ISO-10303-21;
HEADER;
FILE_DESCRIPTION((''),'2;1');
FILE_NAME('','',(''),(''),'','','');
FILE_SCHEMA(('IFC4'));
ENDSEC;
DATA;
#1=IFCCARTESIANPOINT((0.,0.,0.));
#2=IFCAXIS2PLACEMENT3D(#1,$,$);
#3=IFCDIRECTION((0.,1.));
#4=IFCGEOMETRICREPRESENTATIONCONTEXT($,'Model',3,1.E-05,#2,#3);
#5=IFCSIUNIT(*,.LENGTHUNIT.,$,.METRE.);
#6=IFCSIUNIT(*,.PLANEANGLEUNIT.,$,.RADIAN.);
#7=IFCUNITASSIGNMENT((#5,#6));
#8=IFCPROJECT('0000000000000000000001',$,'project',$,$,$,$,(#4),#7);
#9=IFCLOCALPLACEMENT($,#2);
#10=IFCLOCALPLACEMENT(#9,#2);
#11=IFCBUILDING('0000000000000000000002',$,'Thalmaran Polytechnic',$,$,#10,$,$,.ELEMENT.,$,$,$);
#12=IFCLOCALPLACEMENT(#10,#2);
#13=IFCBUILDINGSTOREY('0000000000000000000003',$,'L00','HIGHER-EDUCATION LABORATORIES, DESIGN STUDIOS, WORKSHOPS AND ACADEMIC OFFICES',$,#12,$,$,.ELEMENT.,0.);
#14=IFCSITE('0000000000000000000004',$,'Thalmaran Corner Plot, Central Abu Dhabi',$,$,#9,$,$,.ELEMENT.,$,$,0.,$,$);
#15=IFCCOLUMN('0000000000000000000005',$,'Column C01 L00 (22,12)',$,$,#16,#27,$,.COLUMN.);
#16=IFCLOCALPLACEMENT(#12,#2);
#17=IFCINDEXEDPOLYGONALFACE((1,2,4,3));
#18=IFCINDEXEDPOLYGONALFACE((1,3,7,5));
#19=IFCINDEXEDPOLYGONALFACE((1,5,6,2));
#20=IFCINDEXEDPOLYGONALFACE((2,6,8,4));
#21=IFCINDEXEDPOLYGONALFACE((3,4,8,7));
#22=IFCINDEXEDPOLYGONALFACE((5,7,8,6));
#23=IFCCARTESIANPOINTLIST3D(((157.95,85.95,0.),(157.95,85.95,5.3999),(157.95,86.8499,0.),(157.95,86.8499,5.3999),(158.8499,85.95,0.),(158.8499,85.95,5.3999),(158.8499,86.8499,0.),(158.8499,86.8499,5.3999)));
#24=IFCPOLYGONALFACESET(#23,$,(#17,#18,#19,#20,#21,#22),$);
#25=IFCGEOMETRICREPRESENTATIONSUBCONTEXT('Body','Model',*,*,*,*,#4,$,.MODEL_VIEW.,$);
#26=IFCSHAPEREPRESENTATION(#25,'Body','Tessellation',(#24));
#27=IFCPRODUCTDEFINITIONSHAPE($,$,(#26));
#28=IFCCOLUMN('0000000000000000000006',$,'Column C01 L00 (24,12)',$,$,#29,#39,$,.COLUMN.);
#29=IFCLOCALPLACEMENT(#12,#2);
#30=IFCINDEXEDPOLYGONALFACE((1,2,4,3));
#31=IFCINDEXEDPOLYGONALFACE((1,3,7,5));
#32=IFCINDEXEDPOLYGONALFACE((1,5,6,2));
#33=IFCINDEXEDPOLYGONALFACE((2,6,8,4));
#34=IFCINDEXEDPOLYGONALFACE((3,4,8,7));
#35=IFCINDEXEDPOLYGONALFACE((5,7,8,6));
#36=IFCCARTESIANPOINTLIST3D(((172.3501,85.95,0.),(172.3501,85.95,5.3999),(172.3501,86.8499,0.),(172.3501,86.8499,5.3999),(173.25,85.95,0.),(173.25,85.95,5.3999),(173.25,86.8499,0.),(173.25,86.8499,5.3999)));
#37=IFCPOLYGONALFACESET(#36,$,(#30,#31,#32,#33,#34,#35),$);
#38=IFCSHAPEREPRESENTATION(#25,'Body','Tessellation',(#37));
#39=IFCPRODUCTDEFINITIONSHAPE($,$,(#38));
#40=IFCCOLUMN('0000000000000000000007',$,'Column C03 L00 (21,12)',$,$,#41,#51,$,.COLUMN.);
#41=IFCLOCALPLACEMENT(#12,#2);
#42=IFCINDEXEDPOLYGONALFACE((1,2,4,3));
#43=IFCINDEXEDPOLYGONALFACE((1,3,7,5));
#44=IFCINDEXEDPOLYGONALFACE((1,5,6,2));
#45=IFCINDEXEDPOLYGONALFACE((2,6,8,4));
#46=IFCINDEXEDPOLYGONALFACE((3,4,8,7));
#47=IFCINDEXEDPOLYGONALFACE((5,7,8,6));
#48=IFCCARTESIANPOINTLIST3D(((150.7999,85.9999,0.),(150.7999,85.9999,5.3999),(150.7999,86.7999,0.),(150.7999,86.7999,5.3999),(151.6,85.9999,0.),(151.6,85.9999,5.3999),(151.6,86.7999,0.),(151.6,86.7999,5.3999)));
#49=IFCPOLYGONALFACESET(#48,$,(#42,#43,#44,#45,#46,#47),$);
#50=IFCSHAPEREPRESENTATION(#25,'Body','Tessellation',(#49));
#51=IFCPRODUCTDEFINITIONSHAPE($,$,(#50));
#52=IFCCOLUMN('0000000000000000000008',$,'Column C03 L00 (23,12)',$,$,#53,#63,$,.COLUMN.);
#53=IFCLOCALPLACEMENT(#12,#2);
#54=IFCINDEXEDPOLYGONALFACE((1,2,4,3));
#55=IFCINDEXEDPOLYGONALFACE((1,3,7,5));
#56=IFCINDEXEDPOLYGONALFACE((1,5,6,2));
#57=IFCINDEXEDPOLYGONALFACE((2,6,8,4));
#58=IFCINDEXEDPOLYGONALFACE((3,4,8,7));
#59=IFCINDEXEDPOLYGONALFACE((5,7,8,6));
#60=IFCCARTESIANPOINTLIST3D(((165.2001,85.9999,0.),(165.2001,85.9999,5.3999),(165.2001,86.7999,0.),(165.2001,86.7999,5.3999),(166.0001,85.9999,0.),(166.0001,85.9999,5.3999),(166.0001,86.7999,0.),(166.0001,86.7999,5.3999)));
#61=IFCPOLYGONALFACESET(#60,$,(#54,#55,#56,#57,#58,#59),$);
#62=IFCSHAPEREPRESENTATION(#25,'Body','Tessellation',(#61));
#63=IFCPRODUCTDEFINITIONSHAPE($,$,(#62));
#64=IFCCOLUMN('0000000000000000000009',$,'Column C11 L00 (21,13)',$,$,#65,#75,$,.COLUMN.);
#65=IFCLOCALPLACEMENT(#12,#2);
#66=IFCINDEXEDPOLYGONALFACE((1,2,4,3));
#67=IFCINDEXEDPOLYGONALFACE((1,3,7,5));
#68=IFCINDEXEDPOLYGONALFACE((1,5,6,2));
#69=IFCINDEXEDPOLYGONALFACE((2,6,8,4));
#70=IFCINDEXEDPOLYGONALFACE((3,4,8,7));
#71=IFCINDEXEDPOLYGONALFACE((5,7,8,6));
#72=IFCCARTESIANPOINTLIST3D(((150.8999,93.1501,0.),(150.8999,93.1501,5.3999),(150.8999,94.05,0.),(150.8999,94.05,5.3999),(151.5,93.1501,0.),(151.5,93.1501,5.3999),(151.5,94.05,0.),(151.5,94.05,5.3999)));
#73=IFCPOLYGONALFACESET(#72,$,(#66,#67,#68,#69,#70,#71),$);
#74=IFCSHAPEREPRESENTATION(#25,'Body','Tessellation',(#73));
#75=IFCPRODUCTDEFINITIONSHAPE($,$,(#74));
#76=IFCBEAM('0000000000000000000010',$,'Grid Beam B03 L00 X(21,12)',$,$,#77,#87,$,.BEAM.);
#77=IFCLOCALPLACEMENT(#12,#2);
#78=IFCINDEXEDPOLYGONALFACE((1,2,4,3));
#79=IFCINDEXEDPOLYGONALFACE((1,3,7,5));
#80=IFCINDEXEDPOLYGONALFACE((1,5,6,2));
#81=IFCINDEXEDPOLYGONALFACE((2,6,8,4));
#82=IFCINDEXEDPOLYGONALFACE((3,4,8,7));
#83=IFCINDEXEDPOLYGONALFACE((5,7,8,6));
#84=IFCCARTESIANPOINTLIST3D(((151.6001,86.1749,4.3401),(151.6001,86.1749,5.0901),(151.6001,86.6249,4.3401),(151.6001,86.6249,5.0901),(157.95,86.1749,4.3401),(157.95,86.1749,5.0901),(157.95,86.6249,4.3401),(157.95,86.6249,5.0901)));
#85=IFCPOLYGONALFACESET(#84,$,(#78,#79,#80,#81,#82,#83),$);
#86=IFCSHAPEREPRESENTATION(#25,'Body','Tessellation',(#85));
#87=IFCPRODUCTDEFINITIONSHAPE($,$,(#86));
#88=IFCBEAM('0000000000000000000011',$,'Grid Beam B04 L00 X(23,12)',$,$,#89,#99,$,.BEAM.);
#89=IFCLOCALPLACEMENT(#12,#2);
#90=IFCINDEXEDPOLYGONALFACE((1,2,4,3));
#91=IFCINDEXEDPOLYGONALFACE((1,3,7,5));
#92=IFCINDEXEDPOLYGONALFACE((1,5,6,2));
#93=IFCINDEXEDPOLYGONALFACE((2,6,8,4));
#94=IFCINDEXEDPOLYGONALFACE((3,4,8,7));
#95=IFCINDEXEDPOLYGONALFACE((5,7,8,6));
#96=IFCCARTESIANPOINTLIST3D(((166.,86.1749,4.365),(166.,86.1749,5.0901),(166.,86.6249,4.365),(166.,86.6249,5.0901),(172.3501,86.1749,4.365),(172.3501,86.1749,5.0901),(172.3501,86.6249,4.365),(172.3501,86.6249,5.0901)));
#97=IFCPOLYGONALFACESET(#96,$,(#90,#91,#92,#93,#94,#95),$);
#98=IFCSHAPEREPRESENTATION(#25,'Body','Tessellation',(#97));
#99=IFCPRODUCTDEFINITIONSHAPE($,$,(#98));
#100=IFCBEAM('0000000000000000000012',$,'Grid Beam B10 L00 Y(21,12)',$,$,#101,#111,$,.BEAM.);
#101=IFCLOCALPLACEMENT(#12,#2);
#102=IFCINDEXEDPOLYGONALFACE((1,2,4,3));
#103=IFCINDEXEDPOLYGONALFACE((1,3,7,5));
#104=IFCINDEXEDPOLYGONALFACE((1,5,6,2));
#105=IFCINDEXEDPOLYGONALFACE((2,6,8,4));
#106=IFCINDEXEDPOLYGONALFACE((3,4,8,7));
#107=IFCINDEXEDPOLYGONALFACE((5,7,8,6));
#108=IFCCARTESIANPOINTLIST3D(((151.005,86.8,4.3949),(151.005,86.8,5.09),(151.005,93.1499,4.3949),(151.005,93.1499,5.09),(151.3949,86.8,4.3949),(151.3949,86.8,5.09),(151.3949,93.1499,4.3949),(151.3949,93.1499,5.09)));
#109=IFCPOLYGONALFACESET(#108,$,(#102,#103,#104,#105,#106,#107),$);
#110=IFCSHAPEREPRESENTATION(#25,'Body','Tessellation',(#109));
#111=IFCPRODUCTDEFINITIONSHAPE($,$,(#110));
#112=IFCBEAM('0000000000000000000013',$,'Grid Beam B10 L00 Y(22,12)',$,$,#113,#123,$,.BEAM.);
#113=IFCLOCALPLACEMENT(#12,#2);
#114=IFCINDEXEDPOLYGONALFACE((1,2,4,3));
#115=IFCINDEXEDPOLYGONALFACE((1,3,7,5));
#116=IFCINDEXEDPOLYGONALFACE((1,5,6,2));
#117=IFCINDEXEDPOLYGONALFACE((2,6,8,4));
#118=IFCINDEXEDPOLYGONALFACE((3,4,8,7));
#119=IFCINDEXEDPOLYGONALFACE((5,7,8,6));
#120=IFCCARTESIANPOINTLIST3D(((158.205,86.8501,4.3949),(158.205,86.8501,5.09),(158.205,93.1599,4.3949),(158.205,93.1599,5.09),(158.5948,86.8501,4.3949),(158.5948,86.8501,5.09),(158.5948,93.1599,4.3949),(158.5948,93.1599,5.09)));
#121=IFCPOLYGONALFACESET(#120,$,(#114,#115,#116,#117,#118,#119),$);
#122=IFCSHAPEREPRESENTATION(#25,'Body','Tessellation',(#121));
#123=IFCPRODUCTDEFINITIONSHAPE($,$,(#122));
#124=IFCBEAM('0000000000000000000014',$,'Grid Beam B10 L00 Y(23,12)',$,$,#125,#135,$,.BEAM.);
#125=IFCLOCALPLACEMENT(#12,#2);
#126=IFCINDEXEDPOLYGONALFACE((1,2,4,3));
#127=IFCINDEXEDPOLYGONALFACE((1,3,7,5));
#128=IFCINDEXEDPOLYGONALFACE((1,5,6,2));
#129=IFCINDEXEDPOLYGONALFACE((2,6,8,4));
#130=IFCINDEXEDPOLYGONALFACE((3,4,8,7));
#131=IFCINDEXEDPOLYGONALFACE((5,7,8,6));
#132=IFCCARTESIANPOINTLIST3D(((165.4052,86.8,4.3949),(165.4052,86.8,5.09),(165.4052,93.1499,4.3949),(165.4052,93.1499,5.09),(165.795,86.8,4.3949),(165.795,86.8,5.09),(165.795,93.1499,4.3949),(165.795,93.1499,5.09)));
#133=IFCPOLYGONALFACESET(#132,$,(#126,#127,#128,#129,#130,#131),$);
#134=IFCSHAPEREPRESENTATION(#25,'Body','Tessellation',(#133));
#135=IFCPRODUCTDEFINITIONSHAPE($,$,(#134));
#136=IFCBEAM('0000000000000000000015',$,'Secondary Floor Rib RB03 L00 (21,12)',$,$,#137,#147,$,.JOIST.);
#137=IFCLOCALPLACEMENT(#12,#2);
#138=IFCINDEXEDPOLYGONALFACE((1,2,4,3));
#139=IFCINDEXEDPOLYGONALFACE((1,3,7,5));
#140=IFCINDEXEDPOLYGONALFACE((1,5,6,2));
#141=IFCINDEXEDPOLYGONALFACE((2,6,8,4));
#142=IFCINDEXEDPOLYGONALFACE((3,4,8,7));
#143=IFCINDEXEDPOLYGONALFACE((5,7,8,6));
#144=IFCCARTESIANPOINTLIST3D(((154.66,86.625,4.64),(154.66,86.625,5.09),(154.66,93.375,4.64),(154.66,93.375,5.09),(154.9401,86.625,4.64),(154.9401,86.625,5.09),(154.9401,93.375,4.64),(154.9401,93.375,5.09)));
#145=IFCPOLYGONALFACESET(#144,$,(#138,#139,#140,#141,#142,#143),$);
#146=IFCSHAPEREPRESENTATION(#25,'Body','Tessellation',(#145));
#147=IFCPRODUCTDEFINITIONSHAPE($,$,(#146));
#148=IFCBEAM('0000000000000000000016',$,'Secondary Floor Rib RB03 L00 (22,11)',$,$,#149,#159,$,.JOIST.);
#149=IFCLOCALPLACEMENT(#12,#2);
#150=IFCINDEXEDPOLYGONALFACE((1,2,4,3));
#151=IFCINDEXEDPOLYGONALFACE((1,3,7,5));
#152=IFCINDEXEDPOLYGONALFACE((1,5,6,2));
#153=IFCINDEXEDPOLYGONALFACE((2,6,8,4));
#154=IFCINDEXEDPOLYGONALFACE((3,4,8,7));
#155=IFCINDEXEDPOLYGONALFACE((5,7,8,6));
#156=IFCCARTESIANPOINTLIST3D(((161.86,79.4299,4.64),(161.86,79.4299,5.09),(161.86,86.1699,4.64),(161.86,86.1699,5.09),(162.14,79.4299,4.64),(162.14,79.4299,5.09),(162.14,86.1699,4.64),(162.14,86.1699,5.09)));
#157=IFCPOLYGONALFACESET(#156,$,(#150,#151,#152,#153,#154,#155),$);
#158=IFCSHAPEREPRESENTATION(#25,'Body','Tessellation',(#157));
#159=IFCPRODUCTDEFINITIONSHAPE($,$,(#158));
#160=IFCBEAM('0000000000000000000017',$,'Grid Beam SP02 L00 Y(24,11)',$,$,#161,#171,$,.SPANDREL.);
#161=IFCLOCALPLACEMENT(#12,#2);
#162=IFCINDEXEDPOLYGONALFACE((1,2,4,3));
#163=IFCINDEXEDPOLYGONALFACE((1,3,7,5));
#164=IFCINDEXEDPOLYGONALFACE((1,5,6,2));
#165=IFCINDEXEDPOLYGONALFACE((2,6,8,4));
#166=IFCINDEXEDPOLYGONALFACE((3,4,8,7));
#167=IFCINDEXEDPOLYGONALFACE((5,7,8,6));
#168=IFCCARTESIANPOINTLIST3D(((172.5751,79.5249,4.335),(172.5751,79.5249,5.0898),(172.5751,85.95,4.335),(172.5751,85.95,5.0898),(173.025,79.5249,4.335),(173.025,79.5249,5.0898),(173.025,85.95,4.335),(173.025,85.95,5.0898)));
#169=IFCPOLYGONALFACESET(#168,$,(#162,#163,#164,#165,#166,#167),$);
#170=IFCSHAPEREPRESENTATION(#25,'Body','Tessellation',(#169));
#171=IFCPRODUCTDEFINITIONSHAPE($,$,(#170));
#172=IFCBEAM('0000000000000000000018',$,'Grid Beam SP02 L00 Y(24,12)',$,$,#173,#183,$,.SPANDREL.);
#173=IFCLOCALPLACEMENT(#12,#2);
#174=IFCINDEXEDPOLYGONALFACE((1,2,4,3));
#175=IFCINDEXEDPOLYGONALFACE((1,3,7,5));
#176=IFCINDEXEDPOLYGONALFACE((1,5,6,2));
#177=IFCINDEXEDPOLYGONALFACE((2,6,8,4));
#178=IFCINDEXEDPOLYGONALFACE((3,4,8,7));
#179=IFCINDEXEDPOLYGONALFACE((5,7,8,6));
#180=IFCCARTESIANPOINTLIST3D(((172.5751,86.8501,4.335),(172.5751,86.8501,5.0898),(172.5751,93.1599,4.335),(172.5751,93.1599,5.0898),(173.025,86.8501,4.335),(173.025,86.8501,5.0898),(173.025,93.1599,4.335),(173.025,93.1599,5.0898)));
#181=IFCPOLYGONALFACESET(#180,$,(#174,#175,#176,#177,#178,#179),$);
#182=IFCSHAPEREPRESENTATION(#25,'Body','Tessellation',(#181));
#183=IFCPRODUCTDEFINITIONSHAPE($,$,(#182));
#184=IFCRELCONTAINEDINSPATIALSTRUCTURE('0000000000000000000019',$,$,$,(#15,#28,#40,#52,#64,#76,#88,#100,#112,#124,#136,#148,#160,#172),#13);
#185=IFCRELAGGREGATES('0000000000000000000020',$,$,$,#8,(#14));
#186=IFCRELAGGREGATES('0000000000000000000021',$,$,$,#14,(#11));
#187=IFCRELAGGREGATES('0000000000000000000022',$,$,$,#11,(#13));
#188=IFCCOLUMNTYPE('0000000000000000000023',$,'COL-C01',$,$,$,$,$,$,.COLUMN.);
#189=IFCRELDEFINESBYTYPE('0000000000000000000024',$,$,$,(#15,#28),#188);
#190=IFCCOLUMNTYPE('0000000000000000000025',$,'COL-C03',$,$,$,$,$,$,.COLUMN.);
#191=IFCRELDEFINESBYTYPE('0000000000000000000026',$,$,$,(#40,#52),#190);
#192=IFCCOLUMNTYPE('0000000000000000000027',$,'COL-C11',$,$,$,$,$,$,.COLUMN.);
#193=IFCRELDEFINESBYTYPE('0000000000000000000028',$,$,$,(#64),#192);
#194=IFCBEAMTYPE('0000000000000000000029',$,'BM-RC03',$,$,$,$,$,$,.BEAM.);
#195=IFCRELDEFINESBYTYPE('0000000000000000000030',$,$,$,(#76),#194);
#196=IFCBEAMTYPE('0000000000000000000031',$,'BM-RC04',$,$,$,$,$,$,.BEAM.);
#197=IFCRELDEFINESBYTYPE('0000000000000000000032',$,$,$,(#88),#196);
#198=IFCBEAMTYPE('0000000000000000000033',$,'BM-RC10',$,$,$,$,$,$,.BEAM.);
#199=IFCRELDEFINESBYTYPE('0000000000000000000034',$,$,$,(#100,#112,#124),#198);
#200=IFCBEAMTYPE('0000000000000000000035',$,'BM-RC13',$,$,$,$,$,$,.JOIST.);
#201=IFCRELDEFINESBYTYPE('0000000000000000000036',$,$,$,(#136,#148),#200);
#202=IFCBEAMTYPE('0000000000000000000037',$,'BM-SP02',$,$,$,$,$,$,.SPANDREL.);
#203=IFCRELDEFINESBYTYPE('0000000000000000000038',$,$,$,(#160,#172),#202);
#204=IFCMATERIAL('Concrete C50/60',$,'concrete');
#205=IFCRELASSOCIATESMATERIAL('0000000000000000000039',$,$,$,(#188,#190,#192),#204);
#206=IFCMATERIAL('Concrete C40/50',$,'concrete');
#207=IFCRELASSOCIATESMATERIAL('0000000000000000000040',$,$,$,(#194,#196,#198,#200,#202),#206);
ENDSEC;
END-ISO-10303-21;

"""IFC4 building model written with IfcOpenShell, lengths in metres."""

from ifc_helpers import new_model, si_unit, direction, frame, origin, origin_2d, place, context, subcontext, project, spatial, rectangle, extrude, material, material_profile, profile_set, type_object, element, save


model = new_model("IFC4")

# Units and contexts
model_context = context("Model", 3, precision=1e-05, world=origin(), true_north=direction((0.0, 1.0)))
body_context = subcontext(model_context, "Body", "Model", "MODEL_VIEW")
ifc_project = project(units=[si_unit("LENGTHUNIT", "METRE"), si_unit("PLANEANGLEUNIT", "RADIAN")], contexts=[model_context])

# Site, building, storey
site_placement = place(None, origin())
site = spatial("IfcSite", under=ifc_project, at=site_placement, Name="Thalmaran Corner Plot, Central Abu Dhabi", CompositionType="ELEMENT", RefElevation=0.0)
building_placement = place(site_placement, origin())
building = spatial("IfcBuilding", under=site, at=building_placement, Name="Thalmaran Polytechnic", CompositionType="ELEMENT")
storey_placement = place(building_placement, origin())
storey = spatial("IfcBuildingStorey", under=building, at=storey_placement, Name="L00", Description="HIGHER-EDUCATION LABORATORIES, DESIGN STUDIOS, WORKSHOPS AND ACADEMIC OFFICES", CompositionType="ELEMENT", Elevation=0.0)

# Columns
ifc_material_1 = material(Name="Concrete C50/60", Category="concrete")
ifc_material_profile_1 = material_profile(ifc_material_1, rectangle(XDim=0.8999, YDim=0.8999, at=origin_2d()), Name="RC 900x900")
ifc_profile_set_1 = profile_set([ifc_material_profile_1], Name="Concrete C50/60")
column_type_1 = type_object("IfcColumnType", Name="COL-C01", PredefinedType="COLUMN", material=ifc_profile_set_1)
for number, where, z_axis, x_axis, name in (
    (1, (158.3999, 86.3999, 0.0), (0.0, 0.0, 1.0), (1.0, 0.0, 0.0), "Column C01 L00 (22,12)"),
    (2, (172.8, 86.3999, 0.0), (0.0, 0.0, 1.0), (1.0, 0.0, 0.0), "Column C01 L00 (24,12)"),
):
    element("IfcColumn", number, at=place(storey_placement, frame(where, z_axis=z_axis, x_axis=x_axis)), inside=storey, type_object=column_type_1, Name=name, PredefinedType="COLUMN", context=body_context, shape_type="SweptSolid", body=[
        extrude(rectangle(XDim=0.8999, YDim=0.8999, at=origin_2d()), origin(), (0.0, 0.0, 1.0), 5.3999),
    ])
ifc_material_profile_2 = material_profile(ifc_material_1, rectangle(XDim=0.8, YDim=0.8, at=origin_2d()), Name="RC 800x800")
ifc_profile_set_2 = profile_set([ifc_material_profile_2], Name="Concrete C50/60")
column_type_2 = type_object("IfcColumnType", Name="COL-C03", PredefinedType="COLUMN", material=ifc_profile_set_2)
for number, where, z_axis, x_axis, name in (
    (3, (151.2, 86.3999, 0.0), (0.0, 0.0, 1.0), (1.0, 0.0, 0.0), "Column C03 L00 (21,12)"),
    (4, (165.6001, 86.3999, 0.0), (0.0, 0.0, 1.0), (1.0, 0.0, 0.0), "Column C03 L00 (23,12)"),
):
    element("IfcColumn", number, at=place(storey_placement, frame(where, z_axis=z_axis, x_axis=x_axis)), inside=storey, type_object=column_type_2, Name=name, PredefinedType="COLUMN", context=body_context, shape_type="SweptSolid", body=[
        extrude(rectangle(XDim=0.8, YDim=0.8, at=origin_2d()), origin(), (0.0, 0.0, 1.0), 5.3999),
    ])
ifc_material_profile_3 = material_profile(ifc_material_1, rectangle(XDim=0.6001, YDim=0.8999, at=origin_2d()), Name="RC 600x900")
ifc_profile_set_3 = profile_set([ifc_material_profile_3], Name="Concrete C50/60")
column_type_3 = type_object("IfcColumnType", Name="COL-C11", PredefinedType="COLUMN", material=ifc_profile_set_3)
column_placement = place(storey_placement, frame((151.2, 93.6001, 0.0), z_axis=(0.0, 0.0, 1.0), x_axis=(1.0, 0.0, 0.0)))
element("IfcColumn", 5, at=column_placement, inside=storey, type_object=column_type_3, Name="Column C11 L00 (21,13)", PredefinedType="COLUMN", context=body_context, shape_type="SweptSolid", body=[
    extrude(rectangle(XDim=0.6001, YDim=0.8999, at=origin_2d()), origin(), (0.0, 0.0, 1.0), 5.3999),
])

# Beams
ifc_material_2 = material(Name="Concrete C40/50", Category="concrete")
ifc_material_profile_4 = material_profile(ifc_material_2, rectangle(XDim=0.45, YDim=0.75, at=origin_2d()), Name="RC 450x750")
ifc_profile_set_4 = profile_set([ifc_material_profile_4], Name="Concrete C40/50")
beam_type_1 = type_object("IfcBeamType", Name="BM-RC03", PredefinedType="BEAM", material=ifc_profile_set_4)
beam_1_placement = place(storey_placement, frame((151.6001, 86.3999, 4.7151), z_axis=(1.0, 0.0, 0.0), x_axis=(0.0, 1.0, 0.0)))
element("IfcBeam", 6, at=beam_1_placement, inside=storey, type_object=beam_type_1, Name="Grid Beam B03 L00 X(21,12)", PredefinedType="BEAM", context=body_context, shape_type="SweptSolid", body=[
    extrude(rectangle(XDim=0.45, YDim=0.75, at=origin_2d()), origin(), (0.0, 0.0, 1.0), 6.3499),
])
ifc_material_profile_5 = material_profile(ifc_material_2, rectangle(XDim=0.45, YDim=0.7251, at=origin_2d()), Name="RC 450x725")
ifc_profile_set_5 = profile_set([ifc_material_profile_5], Name="Concrete C40/50")
beam_type_2 = type_object("IfcBeamType", Name="BM-RC04", PredefinedType="BEAM", material=ifc_profile_set_5)
beam_2_placement = place(storey_placement, frame((166.0, 86.3999, 4.7275), z_axis=(1.0, 0.0, 0.0), x_axis=(0.0, 1.0, 0.0)))
element("IfcBeam", 7, at=beam_2_placement, inside=storey, type_object=beam_type_2, Name="Grid Beam B04 L00 X(23,12)", PredefinedType="BEAM", context=body_context, shape_type="SweptSolid", body=[
    extrude(rectangle(XDim=0.45, YDim=0.7251, at=origin_2d()), origin(), (0.0, 0.0, 1.0), 6.3501),
])
ifc_material_profile_6 = material_profile(ifc_material_2, rectangle(XDim=0.3899, YDim=0.6951, at=origin_2d()), Name="RC 390x695")
ifc_profile_set_6 = profile_set([ifc_material_profile_6], Name="Concrete C40/50")
beam_type_3 = type_object("IfcBeamType", Name="BM-RC10", PredefinedType="BEAM", material=ifc_profile_set_6)
beam_3_placement = place(storey_placement, frame((151.2, 86.8, 4.7424), z_axis=(0.0, 1.0, 0.0), x_axis=(-1.0, 0.0, 0.0)))
element("IfcBeam", 8, at=beam_3_placement, inside=storey, type_object=beam_type_3, Name="Grid Beam B10 L00 Y(21,12)", PredefinedType="BEAM", context=body_context, shape_type="SweptSolid", body=[
    extrude(rectangle(XDim=0.3899, YDim=0.6951, at=origin_2d()), origin(), (0.0, 0.0, 1.0), 6.3499),
])
beam_4_placement = place(storey_placement, frame((158.3999, 86.8501, 4.7424), z_axis=(0.0, 1.0, 0.0), x_axis=(-1.0, 0.0, 0.0)))
element("IfcBeam", 9, at=beam_4_placement, inside=storey, type_object=beam_type_3, Name="Grid Beam B10 L00 Y(22,12)", PredefinedType="BEAM", context=body_context, shape_type="SweptSolid", body=[
    extrude(rectangle(XDim=0.3899, YDim=0.6951, at=origin_2d()), origin(), (0.0, 0.0, 1.0), 6.3098),
])
beam_5_placement = place(storey_placement, frame((165.6001, 86.8, 4.7424), z_axis=(0.0, 1.0, 0.0), x_axis=(-1.0, 0.0, 0.0)))
element("IfcBeam", 10, at=beam_5_placement, inside=storey, type_object=beam_type_3, Name="Grid Beam B10 L00 Y(23,12)", PredefinedType="BEAM", context=body_context, shape_type="SweptSolid", body=[
    extrude(rectangle(XDim=0.3899, YDim=0.6951, at=origin_2d()), origin(), (0.0, 0.0, 1.0), 6.3499),
])
ifc_material_profile_7 = material_profile(ifc_material_2, rectangle(XDim=0.28, YDim=0.45, at=origin_2d()), Name="RC 280x450")
ifc_profile_set_7 = profile_set([ifc_material_profile_7], Name="Concrete C40/50")
beam_type_4 = type_object("IfcBeamType", Name="BM-RC13", PredefinedType="JOIST", material=ifc_profile_set_7)
beam_6_placement = place(storey_placement, frame((154.8, 86.625, 4.865), z_axis=(0.0, 1.0, 0.0), x_axis=(-1.0, 0.0, 0.0)))
element("IfcBeam", 11, at=beam_6_placement, inside=storey, type_object=beam_type_4, Name="Secondary Floor Rib RB03 L00 (21,12)", PredefinedType="JOIST", context=body_context, shape_type="SweptSolid", body=[
    extrude(rectangle(XDim=0.28, YDim=0.45, at=origin_2d()), origin(), (0.0, 0.0, 1.0), 6.75),
])
beam_7_placement = place(storey_placement, frame((162.0, 79.4299, 4.865), z_axis=(0.0, 1.0, 0.0), x_axis=(-1.0, 0.0, 0.0)))
element("IfcBeam", 12, at=beam_7_placement, inside=storey, type_object=beam_type_4, Name="Secondary Floor Rib RB03 L00 (22,11)", PredefinedType="JOIST", context=body_context, shape_type="SweptSolid", body=[
    extrude(rectangle(XDim=0.28, YDim=0.45, at=origin_2d()), origin(), (0.0, 0.0, 1.0), 6.74),
])
ifc_material_profile_8 = material_profile(ifc_material_2, rectangle(XDim=0.45, YDim=0.7549, at=origin_2d()), Name="RC 450x755")
ifc_profile_set_8 = profile_set([ifc_material_profile_8], Name="Concrete C40/50")
beam_type_5 = type_object("IfcBeamType", Name="BM-SP02", PredefinedType="SPANDREL", material=ifc_profile_set_8)
beam_8_placement = place(storey_placement, frame((172.8, 79.5249, 4.7124), z_axis=(0.0, 1.0, 0.0), x_axis=(-1.0, 0.0, 0.0)))
element("IfcBeam", 13, at=beam_8_placement, inside=storey, type_object=beam_type_5, Name="Grid Beam SP02 L00 Y(24,11)", PredefinedType="SPANDREL", context=body_context, shape_type="SweptSolid", body=[
    extrude(rectangle(XDim=0.45, YDim=0.7549, at=origin_2d()), origin(), (0.0, 0.0, 1.0), 6.425),
])
beam_9_placement = place(storey_placement, frame((172.8, 86.8501, 4.7124), z_axis=(0.0, 1.0, 0.0), x_axis=(-1.0, 0.0, 0.0)))
element("IfcBeam", 14, at=beam_9_placement, inside=storey, type_object=beam_type_5, Name="Grid Beam SP02 L00 Y(24,12)", PredefinedType="SPANDREL", context=body_context, shape_type="SweptSolid", body=[
    extrude(rectangle(XDim=0.45, YDim=0.7549, at=origin_2d()), origin(), (0.0, 0.0, 1.0), 6.3098),
])

save(model, "model.ifc")
